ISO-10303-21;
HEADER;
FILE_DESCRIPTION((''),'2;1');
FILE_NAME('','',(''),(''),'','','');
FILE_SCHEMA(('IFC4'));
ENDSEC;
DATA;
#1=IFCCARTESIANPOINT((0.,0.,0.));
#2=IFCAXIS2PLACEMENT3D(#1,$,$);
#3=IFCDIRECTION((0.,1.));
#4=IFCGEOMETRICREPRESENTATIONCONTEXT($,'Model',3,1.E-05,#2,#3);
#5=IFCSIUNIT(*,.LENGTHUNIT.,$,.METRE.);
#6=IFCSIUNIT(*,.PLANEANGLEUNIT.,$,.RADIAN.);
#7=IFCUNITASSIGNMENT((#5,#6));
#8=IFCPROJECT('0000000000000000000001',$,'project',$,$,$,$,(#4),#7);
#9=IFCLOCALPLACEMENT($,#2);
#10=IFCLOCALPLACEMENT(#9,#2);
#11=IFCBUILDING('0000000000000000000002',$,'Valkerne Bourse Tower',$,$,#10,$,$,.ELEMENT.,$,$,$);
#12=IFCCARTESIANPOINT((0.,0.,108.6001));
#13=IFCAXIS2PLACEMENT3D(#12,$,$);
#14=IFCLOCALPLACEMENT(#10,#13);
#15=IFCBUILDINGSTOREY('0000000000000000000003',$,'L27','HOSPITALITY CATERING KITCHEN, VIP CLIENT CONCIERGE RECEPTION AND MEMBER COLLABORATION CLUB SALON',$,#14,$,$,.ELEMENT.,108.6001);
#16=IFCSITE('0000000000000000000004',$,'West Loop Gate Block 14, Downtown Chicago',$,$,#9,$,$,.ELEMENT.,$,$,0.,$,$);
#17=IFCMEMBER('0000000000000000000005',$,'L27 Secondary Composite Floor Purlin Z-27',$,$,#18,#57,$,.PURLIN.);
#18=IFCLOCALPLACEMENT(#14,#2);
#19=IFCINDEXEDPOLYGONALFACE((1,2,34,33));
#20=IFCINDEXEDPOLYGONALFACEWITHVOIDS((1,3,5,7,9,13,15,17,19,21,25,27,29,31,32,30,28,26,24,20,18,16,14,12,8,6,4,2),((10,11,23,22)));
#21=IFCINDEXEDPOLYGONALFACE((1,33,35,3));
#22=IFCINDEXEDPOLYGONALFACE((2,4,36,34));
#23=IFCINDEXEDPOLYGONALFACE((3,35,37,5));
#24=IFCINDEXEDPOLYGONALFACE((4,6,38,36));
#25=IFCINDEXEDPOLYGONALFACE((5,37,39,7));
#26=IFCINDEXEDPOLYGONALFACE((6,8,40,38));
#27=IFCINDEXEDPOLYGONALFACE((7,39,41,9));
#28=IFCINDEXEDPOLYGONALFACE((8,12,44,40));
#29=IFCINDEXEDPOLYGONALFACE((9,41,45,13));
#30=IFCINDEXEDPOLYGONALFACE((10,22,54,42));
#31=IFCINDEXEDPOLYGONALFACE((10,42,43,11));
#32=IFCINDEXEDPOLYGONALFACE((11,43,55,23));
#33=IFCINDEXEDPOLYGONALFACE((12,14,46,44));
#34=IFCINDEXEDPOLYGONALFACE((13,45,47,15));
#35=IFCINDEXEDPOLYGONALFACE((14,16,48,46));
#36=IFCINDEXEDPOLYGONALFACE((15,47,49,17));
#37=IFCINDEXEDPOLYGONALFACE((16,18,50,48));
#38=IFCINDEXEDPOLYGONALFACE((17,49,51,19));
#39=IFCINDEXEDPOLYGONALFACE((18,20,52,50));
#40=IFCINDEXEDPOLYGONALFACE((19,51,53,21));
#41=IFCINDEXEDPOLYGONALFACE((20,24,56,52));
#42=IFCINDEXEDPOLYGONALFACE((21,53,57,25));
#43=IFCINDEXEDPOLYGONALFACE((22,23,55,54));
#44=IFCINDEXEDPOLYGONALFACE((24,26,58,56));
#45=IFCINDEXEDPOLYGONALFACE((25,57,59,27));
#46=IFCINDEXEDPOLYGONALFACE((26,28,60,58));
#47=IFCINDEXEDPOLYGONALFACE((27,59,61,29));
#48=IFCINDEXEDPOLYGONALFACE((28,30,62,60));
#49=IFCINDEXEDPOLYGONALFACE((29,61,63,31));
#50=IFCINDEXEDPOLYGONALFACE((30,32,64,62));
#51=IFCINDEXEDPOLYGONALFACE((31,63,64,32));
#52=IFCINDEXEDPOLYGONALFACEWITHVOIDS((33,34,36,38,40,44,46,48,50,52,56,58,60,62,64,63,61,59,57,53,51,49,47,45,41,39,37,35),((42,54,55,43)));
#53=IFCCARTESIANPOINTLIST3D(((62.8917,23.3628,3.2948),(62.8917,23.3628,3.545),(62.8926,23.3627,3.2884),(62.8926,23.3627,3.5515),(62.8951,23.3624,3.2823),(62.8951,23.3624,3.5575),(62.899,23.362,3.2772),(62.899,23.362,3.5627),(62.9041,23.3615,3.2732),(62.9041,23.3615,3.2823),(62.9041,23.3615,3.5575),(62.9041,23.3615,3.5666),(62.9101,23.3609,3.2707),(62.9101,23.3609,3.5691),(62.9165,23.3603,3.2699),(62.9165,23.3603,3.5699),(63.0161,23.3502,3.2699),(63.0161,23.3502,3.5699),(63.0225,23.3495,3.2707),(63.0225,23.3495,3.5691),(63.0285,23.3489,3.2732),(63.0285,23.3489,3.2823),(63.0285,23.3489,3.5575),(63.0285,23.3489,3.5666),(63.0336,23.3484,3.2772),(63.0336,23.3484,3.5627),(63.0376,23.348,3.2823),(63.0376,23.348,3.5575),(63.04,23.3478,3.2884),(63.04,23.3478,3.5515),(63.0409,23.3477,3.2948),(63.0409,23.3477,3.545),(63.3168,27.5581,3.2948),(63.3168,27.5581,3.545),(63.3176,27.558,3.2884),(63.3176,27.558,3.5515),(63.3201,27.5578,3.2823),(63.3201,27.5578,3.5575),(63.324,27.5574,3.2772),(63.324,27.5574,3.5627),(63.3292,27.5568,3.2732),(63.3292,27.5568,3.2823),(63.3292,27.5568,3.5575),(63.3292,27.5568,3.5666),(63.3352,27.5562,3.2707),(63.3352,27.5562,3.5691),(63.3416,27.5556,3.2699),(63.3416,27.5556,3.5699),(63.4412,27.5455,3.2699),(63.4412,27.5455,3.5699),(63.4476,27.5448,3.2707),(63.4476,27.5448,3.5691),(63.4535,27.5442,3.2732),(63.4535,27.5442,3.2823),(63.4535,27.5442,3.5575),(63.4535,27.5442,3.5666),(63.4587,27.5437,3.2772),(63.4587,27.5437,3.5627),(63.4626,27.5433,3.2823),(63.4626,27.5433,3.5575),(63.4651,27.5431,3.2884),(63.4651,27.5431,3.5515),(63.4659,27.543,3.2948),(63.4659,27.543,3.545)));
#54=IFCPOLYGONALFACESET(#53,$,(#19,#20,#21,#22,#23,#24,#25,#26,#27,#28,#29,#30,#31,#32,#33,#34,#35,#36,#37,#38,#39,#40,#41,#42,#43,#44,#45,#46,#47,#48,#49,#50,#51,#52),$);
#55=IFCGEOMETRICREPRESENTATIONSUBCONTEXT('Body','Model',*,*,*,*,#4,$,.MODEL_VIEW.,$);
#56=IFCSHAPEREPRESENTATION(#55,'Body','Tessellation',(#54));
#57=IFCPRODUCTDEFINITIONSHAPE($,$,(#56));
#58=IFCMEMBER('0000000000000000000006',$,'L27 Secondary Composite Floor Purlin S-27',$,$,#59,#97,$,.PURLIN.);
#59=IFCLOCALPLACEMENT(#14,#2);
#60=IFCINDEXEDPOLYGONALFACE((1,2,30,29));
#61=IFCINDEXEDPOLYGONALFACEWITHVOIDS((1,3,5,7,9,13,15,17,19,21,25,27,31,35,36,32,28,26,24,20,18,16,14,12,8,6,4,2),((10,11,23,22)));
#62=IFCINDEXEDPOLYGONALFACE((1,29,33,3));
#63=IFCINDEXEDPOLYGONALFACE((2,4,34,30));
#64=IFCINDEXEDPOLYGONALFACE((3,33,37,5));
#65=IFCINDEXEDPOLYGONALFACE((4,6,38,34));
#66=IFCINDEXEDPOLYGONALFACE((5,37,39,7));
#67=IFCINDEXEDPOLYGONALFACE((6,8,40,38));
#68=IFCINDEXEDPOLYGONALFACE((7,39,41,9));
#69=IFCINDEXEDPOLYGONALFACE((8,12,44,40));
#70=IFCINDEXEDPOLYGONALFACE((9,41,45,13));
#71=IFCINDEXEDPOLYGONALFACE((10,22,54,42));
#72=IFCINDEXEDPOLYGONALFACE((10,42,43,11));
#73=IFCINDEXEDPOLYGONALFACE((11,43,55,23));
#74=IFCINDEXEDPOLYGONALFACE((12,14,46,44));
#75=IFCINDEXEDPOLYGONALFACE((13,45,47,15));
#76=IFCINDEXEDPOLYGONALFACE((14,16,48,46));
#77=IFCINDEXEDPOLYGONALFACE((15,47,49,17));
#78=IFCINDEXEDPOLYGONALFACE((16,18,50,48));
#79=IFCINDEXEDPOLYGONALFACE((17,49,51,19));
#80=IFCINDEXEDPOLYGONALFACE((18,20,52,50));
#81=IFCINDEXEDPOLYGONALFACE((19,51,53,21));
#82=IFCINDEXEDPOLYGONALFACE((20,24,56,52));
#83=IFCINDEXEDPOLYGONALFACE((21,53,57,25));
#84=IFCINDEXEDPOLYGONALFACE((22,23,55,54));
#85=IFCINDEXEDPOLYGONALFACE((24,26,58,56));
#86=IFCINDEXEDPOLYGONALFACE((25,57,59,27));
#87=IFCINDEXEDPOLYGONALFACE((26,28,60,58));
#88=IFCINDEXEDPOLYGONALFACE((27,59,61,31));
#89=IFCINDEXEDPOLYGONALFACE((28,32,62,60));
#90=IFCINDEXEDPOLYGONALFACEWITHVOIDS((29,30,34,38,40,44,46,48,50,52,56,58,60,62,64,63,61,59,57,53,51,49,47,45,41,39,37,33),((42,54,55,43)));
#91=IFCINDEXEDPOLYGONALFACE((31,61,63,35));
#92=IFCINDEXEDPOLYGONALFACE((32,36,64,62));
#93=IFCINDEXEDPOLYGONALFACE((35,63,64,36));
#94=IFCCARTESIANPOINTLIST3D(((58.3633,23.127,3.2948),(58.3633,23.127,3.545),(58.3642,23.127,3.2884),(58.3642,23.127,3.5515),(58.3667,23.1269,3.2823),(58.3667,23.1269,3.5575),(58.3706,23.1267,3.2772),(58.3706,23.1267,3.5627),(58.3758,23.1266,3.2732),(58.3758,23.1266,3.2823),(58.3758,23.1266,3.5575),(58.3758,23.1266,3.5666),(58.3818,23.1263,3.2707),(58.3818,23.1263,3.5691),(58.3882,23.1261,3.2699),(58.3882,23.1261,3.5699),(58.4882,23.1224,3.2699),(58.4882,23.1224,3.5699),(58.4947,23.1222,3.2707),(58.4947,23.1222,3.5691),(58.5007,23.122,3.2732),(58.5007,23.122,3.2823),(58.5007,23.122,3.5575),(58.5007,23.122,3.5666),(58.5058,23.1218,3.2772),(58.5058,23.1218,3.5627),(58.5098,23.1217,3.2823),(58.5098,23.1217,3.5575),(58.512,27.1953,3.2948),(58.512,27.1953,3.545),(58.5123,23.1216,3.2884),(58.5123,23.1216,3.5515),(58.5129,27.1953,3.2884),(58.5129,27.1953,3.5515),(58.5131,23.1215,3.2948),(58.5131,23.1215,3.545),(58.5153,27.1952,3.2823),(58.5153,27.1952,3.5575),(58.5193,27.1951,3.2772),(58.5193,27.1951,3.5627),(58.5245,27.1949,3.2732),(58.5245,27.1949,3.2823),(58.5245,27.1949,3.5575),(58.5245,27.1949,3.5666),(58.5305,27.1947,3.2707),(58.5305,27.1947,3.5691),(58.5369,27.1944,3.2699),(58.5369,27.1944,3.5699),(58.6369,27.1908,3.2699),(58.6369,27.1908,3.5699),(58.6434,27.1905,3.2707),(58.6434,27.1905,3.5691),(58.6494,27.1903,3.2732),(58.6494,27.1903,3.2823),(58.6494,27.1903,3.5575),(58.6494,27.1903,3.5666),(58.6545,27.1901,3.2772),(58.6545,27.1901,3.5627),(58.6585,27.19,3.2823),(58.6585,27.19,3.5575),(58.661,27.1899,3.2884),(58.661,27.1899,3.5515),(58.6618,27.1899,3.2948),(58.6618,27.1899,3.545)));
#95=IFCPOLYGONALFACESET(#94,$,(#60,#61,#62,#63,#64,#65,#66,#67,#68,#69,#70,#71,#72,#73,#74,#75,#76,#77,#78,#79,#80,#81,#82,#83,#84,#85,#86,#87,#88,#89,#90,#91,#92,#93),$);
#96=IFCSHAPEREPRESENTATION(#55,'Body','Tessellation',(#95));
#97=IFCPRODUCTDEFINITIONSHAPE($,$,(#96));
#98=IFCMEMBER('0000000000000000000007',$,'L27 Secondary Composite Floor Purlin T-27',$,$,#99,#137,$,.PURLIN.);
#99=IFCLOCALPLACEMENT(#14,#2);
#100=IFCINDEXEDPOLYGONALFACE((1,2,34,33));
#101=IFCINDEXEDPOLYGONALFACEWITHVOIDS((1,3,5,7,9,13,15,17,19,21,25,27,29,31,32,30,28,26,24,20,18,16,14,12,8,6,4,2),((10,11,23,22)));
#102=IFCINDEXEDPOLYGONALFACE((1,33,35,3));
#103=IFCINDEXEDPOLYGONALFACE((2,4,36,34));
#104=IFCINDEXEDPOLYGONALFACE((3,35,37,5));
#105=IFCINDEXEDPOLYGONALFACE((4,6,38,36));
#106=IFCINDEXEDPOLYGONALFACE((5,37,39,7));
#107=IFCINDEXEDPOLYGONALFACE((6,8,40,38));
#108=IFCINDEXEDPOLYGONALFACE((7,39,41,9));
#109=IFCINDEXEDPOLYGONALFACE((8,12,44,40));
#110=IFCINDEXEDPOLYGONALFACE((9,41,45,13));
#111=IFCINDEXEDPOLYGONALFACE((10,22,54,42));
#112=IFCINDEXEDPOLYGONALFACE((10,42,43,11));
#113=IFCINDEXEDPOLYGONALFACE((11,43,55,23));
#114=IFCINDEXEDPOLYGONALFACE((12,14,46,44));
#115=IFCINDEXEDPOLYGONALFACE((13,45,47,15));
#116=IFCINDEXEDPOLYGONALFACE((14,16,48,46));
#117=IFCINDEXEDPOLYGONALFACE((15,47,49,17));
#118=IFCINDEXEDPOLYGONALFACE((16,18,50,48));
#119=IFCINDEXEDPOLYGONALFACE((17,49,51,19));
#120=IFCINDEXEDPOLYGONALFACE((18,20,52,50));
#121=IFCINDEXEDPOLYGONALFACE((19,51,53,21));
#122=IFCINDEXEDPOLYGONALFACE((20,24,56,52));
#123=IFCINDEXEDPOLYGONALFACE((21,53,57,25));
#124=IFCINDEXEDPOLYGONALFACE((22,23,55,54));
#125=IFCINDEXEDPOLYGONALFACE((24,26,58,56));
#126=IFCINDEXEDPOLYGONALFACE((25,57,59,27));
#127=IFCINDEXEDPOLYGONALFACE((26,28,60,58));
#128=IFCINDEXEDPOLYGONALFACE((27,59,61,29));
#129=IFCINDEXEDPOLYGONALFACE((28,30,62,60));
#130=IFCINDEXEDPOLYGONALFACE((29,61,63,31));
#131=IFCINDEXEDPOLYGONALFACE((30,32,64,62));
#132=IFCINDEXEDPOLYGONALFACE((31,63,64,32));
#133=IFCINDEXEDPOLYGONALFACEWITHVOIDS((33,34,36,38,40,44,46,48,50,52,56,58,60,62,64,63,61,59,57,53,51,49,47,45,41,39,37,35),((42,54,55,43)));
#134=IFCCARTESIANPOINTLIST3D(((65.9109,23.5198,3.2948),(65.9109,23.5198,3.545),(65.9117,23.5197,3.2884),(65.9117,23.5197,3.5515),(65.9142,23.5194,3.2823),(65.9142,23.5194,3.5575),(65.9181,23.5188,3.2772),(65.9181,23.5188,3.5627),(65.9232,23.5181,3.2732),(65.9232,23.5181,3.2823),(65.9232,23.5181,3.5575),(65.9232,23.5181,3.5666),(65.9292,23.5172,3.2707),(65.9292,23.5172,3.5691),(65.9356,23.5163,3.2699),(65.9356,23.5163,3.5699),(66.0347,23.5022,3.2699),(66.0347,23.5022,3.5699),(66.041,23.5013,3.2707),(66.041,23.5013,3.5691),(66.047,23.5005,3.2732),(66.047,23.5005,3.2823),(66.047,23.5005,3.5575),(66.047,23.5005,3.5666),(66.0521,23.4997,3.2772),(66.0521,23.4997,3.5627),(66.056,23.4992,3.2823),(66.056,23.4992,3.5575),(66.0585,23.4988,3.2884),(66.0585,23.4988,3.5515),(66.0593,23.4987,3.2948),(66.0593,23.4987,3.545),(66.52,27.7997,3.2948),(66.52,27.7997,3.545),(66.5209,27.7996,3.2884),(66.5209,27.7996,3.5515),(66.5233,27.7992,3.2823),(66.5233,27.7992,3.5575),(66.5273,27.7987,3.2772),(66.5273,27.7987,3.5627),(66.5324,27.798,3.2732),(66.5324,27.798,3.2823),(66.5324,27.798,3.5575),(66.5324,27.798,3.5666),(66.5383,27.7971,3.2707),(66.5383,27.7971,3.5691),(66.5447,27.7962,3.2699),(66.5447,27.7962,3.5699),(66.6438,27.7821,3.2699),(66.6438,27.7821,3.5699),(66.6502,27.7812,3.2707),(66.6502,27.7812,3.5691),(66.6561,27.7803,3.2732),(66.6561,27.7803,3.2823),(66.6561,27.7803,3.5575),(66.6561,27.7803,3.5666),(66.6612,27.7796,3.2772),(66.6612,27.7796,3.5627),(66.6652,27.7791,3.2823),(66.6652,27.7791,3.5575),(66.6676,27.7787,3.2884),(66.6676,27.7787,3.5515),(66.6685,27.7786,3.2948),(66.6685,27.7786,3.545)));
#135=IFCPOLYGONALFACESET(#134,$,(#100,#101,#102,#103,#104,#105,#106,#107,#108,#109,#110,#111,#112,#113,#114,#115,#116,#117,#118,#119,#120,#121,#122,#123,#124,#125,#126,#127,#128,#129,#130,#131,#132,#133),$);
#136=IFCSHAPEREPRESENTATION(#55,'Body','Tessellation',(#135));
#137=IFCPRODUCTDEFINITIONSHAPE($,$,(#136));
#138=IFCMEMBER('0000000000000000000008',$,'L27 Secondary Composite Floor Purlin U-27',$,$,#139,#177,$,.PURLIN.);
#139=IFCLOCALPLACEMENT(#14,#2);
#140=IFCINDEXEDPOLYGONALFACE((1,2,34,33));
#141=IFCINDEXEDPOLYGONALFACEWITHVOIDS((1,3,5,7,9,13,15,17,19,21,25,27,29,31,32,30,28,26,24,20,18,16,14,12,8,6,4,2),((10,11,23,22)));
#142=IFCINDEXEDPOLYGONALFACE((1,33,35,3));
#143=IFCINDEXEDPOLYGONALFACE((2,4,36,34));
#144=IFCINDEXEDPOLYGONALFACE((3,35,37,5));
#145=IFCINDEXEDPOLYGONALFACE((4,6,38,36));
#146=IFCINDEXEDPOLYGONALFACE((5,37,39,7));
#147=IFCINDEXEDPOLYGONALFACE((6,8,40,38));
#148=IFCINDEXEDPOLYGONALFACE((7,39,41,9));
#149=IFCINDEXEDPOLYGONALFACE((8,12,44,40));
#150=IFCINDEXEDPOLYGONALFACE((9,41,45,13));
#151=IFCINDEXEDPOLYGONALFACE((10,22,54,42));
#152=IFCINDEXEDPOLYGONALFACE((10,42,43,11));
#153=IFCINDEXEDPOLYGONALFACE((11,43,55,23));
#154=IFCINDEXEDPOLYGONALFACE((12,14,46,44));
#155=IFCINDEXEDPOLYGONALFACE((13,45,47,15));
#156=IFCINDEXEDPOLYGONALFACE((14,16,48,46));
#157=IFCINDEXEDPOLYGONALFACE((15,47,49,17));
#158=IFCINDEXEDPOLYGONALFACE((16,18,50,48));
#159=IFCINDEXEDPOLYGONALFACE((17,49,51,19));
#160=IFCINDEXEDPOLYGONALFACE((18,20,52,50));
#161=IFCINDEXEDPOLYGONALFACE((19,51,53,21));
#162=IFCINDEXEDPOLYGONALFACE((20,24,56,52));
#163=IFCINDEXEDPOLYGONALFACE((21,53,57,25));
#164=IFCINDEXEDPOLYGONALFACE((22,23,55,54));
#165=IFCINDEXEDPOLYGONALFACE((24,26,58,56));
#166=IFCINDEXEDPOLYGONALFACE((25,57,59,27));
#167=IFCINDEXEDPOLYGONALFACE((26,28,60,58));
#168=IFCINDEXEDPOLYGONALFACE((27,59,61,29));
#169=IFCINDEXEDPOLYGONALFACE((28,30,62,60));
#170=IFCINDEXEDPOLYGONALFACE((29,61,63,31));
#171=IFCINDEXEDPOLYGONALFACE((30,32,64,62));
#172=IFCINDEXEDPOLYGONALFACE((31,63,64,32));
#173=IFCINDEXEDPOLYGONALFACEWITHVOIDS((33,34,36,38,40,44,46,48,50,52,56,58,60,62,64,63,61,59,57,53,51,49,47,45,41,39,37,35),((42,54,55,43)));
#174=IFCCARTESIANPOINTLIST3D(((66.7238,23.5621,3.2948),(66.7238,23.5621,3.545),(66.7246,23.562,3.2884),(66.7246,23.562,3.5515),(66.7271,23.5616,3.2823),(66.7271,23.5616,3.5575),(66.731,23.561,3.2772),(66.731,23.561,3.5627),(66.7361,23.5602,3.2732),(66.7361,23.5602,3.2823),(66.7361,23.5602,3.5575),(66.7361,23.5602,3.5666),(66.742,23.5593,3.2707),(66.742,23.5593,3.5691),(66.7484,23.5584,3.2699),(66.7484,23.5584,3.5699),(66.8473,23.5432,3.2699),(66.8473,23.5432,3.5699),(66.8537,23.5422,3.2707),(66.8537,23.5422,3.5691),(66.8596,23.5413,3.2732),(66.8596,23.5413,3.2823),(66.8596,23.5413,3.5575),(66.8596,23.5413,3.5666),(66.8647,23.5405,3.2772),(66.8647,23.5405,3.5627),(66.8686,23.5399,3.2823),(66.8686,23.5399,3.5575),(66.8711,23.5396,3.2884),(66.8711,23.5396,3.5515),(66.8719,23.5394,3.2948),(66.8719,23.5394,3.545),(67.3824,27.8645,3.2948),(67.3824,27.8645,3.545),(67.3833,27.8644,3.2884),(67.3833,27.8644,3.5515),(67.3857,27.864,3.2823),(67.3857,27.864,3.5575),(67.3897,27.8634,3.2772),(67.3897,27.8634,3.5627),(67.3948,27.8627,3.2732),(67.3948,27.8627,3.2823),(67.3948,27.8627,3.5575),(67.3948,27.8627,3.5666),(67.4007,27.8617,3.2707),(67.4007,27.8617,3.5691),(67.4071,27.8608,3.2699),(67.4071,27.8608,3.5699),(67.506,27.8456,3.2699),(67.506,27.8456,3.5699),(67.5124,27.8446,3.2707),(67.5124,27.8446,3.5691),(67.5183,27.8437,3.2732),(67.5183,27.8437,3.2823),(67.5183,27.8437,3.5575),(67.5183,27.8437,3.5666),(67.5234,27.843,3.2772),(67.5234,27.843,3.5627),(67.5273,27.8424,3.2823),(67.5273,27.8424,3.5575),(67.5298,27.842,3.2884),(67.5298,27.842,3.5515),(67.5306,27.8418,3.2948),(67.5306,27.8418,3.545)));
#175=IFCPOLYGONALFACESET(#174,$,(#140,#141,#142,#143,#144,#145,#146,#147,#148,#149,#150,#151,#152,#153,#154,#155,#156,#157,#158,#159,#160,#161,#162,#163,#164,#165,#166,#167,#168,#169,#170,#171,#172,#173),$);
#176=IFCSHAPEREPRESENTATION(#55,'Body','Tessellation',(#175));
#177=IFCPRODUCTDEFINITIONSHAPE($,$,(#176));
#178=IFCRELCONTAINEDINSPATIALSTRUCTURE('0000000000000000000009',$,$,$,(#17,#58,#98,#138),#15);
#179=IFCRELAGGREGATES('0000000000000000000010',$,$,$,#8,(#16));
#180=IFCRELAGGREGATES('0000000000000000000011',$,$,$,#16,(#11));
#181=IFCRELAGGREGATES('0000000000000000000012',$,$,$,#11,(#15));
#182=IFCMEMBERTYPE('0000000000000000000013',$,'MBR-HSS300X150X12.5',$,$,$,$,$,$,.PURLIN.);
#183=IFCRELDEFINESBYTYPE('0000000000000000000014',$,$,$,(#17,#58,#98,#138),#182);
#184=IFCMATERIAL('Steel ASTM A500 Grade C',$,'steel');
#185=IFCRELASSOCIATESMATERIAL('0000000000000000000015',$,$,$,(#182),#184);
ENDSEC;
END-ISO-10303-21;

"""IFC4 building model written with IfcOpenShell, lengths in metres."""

from ifc_helpers import new_model, si_unit, direction, frame, origin, origin_2d, place, context, subcontext, project, spatial, hollow_rectangle, extrude, material, material_profile, profile_set, type_object, element, save


model = new_model("IFC4")

# Units and contexts
model_context = context("Model", 3, precision=1e-05, world=origin(), true_north=direction((0.0, 1.0)))
body_context = subcontext(model_context, "Body", "Model", "MODEL_VIEW")
ifc_project = project(units=[si_unit("LENGTHUNIT", "METRE"), si_unit("PLANEANGLEUNIT", "RADIAN")], contexts=[model_context])

# Site, building, storey
site_placement = place(None, origin())
site = spatial("IfcSite", under=ifc_project, at=site_placement, Name="West Loop Gate Block 14, Downtown Chicago", CompositionType="ELEMENT", RefElevation=0.0)
building_placement = place(site_placement, origin())
building = spatial("IfcBuilding", under=site, at=building_placement, Name="Valkerne Bourse Tower", CompositionType="ELEMENT")
storey_placement = place(building_placement, frame((0.0, 0.0, 108.6001)))
storey = spatial("IfcBuildingStorey", under=building, at=storey_placement, Name="L27", Description="HOSPITALITY CATERING KITCHEN, VIP CLIENT CONCIERGE RECEPTION AND MEMBER COLLABORATION CLUB SALON", CompositionType="ELEMENT", Elevation=108.6001)

# Members
ifc_material_1 = material(Name="Steel ASTM A500 Grade C", Category="steel")
ifc_material_profile_1 = material_profile(ifc_material_1, hollow_rectangle(XDim=0.1499, YDim=0.3, WallThickness=0.0125, OuterFilletRadius=0.0249, at=origin_2d()), Name="HSS300X150X12.5")
ifc_profile_set_1 = profile_set([ifc_material_profile_1], Name="Steel ASTM A500 Grade C")
member_type_1 = type_object("IfcMemberType", Name="MBR-HSS300X150X12.5", PredefinedType="PURLIN", material=ifc_profile_set_1)
member_1_placement = place(storey_placement, frame((62.9663, 23.3552, 3.4199), z_axis=(0.100799, 0.994907, 0.0), x_axis=(-0.994907, 0.100799, 0.0)))
element("IfcMember", 1, at=member_1_placement, inside=storey, type_object=member_type_1, Name="L27 Secondary Composite Floor Purlin Z-27", PredefinedType="PURLIN", context=body_context, shape_type="SweptSolid", body=[
    extrude(hollow_rectangle(XDim=0.1499, YDim=0.3, WallThickness=0.0125, OuterFilletRadius=0.0249, at=origin_2d()), origin(), (0.0, 0.0, 1.0), 4.2168),
])
member_2_placement = place(storey_placement, frame((58.4382, 23.1243, 3.4199), z_axis=(0.036521, 0.999333, 0.0), x_axis=(-0.999333, 0.036521, 0.0)))
element("IfcMember", 2, at=member_2_placement, inside=storey, type_object=member_type_1, Name="L27 Secondary Composite Floor Purlin S-27", PredefinedType="PURLIN", context=body_context, shape_type="SweptSolid", body=[
    extrude(hollow_rectangle(XDim=0.1499, YDim=0.3, WallThickness=0.0125, OuterFilletRadius=0.0249, at=origin_2d()), origin(), (0.0, 0.0, 1.0), 4.071),
])
member_3_placement = place(storey_placement, frame((65.9851, 23.5093, 3.4199), z_axis=(0.140907, 0.990023, 0.0), x_axis=(-0.990023, 0.140907, 0.0)))
element("IfcMember", 3, at=member_3_placement, inside=storey, type_object=member_type_1, Name="L27 Secondary Composite Floor Purlin T-27", PredefinedType="PURLIN", context=body_context, shape_type="SweptSolid", body=[
    extrude(hollow_rectangle(XDim=0.1499, YDim=0.3, WallThickness=0.0125, OuterFilletRadius=0.0249, at=origin_2d()), origin(), (0.0, 0.0, 1.0), 4.323),
])
member_4_placement = place(storey_placement, frame((66.7979, 23.5508, 3.4199), z_axis=(0.151332, 0.988483, 0.0), x_axis=(-0.988483, 0.151332, 0.0)))
element("IfcMember", 4, at=member_4_placement, inside=storey, type_object=member_type_1, Name="L27 Secondary Composite Floor Purlin U-27", PredefinedType="PURLIN", context=body_context, shape_type="SweptSolid", body=[
    extrude(hollow_rectangle(XDim=0.1499, YDim=0.3, WallThickness=0.0125, OuterFilletRadius=0.0249, at=origin_2d()), origin(), (0.0, 0.0, 1.0), 4.3525),
])

save(model, "model.ifc")
